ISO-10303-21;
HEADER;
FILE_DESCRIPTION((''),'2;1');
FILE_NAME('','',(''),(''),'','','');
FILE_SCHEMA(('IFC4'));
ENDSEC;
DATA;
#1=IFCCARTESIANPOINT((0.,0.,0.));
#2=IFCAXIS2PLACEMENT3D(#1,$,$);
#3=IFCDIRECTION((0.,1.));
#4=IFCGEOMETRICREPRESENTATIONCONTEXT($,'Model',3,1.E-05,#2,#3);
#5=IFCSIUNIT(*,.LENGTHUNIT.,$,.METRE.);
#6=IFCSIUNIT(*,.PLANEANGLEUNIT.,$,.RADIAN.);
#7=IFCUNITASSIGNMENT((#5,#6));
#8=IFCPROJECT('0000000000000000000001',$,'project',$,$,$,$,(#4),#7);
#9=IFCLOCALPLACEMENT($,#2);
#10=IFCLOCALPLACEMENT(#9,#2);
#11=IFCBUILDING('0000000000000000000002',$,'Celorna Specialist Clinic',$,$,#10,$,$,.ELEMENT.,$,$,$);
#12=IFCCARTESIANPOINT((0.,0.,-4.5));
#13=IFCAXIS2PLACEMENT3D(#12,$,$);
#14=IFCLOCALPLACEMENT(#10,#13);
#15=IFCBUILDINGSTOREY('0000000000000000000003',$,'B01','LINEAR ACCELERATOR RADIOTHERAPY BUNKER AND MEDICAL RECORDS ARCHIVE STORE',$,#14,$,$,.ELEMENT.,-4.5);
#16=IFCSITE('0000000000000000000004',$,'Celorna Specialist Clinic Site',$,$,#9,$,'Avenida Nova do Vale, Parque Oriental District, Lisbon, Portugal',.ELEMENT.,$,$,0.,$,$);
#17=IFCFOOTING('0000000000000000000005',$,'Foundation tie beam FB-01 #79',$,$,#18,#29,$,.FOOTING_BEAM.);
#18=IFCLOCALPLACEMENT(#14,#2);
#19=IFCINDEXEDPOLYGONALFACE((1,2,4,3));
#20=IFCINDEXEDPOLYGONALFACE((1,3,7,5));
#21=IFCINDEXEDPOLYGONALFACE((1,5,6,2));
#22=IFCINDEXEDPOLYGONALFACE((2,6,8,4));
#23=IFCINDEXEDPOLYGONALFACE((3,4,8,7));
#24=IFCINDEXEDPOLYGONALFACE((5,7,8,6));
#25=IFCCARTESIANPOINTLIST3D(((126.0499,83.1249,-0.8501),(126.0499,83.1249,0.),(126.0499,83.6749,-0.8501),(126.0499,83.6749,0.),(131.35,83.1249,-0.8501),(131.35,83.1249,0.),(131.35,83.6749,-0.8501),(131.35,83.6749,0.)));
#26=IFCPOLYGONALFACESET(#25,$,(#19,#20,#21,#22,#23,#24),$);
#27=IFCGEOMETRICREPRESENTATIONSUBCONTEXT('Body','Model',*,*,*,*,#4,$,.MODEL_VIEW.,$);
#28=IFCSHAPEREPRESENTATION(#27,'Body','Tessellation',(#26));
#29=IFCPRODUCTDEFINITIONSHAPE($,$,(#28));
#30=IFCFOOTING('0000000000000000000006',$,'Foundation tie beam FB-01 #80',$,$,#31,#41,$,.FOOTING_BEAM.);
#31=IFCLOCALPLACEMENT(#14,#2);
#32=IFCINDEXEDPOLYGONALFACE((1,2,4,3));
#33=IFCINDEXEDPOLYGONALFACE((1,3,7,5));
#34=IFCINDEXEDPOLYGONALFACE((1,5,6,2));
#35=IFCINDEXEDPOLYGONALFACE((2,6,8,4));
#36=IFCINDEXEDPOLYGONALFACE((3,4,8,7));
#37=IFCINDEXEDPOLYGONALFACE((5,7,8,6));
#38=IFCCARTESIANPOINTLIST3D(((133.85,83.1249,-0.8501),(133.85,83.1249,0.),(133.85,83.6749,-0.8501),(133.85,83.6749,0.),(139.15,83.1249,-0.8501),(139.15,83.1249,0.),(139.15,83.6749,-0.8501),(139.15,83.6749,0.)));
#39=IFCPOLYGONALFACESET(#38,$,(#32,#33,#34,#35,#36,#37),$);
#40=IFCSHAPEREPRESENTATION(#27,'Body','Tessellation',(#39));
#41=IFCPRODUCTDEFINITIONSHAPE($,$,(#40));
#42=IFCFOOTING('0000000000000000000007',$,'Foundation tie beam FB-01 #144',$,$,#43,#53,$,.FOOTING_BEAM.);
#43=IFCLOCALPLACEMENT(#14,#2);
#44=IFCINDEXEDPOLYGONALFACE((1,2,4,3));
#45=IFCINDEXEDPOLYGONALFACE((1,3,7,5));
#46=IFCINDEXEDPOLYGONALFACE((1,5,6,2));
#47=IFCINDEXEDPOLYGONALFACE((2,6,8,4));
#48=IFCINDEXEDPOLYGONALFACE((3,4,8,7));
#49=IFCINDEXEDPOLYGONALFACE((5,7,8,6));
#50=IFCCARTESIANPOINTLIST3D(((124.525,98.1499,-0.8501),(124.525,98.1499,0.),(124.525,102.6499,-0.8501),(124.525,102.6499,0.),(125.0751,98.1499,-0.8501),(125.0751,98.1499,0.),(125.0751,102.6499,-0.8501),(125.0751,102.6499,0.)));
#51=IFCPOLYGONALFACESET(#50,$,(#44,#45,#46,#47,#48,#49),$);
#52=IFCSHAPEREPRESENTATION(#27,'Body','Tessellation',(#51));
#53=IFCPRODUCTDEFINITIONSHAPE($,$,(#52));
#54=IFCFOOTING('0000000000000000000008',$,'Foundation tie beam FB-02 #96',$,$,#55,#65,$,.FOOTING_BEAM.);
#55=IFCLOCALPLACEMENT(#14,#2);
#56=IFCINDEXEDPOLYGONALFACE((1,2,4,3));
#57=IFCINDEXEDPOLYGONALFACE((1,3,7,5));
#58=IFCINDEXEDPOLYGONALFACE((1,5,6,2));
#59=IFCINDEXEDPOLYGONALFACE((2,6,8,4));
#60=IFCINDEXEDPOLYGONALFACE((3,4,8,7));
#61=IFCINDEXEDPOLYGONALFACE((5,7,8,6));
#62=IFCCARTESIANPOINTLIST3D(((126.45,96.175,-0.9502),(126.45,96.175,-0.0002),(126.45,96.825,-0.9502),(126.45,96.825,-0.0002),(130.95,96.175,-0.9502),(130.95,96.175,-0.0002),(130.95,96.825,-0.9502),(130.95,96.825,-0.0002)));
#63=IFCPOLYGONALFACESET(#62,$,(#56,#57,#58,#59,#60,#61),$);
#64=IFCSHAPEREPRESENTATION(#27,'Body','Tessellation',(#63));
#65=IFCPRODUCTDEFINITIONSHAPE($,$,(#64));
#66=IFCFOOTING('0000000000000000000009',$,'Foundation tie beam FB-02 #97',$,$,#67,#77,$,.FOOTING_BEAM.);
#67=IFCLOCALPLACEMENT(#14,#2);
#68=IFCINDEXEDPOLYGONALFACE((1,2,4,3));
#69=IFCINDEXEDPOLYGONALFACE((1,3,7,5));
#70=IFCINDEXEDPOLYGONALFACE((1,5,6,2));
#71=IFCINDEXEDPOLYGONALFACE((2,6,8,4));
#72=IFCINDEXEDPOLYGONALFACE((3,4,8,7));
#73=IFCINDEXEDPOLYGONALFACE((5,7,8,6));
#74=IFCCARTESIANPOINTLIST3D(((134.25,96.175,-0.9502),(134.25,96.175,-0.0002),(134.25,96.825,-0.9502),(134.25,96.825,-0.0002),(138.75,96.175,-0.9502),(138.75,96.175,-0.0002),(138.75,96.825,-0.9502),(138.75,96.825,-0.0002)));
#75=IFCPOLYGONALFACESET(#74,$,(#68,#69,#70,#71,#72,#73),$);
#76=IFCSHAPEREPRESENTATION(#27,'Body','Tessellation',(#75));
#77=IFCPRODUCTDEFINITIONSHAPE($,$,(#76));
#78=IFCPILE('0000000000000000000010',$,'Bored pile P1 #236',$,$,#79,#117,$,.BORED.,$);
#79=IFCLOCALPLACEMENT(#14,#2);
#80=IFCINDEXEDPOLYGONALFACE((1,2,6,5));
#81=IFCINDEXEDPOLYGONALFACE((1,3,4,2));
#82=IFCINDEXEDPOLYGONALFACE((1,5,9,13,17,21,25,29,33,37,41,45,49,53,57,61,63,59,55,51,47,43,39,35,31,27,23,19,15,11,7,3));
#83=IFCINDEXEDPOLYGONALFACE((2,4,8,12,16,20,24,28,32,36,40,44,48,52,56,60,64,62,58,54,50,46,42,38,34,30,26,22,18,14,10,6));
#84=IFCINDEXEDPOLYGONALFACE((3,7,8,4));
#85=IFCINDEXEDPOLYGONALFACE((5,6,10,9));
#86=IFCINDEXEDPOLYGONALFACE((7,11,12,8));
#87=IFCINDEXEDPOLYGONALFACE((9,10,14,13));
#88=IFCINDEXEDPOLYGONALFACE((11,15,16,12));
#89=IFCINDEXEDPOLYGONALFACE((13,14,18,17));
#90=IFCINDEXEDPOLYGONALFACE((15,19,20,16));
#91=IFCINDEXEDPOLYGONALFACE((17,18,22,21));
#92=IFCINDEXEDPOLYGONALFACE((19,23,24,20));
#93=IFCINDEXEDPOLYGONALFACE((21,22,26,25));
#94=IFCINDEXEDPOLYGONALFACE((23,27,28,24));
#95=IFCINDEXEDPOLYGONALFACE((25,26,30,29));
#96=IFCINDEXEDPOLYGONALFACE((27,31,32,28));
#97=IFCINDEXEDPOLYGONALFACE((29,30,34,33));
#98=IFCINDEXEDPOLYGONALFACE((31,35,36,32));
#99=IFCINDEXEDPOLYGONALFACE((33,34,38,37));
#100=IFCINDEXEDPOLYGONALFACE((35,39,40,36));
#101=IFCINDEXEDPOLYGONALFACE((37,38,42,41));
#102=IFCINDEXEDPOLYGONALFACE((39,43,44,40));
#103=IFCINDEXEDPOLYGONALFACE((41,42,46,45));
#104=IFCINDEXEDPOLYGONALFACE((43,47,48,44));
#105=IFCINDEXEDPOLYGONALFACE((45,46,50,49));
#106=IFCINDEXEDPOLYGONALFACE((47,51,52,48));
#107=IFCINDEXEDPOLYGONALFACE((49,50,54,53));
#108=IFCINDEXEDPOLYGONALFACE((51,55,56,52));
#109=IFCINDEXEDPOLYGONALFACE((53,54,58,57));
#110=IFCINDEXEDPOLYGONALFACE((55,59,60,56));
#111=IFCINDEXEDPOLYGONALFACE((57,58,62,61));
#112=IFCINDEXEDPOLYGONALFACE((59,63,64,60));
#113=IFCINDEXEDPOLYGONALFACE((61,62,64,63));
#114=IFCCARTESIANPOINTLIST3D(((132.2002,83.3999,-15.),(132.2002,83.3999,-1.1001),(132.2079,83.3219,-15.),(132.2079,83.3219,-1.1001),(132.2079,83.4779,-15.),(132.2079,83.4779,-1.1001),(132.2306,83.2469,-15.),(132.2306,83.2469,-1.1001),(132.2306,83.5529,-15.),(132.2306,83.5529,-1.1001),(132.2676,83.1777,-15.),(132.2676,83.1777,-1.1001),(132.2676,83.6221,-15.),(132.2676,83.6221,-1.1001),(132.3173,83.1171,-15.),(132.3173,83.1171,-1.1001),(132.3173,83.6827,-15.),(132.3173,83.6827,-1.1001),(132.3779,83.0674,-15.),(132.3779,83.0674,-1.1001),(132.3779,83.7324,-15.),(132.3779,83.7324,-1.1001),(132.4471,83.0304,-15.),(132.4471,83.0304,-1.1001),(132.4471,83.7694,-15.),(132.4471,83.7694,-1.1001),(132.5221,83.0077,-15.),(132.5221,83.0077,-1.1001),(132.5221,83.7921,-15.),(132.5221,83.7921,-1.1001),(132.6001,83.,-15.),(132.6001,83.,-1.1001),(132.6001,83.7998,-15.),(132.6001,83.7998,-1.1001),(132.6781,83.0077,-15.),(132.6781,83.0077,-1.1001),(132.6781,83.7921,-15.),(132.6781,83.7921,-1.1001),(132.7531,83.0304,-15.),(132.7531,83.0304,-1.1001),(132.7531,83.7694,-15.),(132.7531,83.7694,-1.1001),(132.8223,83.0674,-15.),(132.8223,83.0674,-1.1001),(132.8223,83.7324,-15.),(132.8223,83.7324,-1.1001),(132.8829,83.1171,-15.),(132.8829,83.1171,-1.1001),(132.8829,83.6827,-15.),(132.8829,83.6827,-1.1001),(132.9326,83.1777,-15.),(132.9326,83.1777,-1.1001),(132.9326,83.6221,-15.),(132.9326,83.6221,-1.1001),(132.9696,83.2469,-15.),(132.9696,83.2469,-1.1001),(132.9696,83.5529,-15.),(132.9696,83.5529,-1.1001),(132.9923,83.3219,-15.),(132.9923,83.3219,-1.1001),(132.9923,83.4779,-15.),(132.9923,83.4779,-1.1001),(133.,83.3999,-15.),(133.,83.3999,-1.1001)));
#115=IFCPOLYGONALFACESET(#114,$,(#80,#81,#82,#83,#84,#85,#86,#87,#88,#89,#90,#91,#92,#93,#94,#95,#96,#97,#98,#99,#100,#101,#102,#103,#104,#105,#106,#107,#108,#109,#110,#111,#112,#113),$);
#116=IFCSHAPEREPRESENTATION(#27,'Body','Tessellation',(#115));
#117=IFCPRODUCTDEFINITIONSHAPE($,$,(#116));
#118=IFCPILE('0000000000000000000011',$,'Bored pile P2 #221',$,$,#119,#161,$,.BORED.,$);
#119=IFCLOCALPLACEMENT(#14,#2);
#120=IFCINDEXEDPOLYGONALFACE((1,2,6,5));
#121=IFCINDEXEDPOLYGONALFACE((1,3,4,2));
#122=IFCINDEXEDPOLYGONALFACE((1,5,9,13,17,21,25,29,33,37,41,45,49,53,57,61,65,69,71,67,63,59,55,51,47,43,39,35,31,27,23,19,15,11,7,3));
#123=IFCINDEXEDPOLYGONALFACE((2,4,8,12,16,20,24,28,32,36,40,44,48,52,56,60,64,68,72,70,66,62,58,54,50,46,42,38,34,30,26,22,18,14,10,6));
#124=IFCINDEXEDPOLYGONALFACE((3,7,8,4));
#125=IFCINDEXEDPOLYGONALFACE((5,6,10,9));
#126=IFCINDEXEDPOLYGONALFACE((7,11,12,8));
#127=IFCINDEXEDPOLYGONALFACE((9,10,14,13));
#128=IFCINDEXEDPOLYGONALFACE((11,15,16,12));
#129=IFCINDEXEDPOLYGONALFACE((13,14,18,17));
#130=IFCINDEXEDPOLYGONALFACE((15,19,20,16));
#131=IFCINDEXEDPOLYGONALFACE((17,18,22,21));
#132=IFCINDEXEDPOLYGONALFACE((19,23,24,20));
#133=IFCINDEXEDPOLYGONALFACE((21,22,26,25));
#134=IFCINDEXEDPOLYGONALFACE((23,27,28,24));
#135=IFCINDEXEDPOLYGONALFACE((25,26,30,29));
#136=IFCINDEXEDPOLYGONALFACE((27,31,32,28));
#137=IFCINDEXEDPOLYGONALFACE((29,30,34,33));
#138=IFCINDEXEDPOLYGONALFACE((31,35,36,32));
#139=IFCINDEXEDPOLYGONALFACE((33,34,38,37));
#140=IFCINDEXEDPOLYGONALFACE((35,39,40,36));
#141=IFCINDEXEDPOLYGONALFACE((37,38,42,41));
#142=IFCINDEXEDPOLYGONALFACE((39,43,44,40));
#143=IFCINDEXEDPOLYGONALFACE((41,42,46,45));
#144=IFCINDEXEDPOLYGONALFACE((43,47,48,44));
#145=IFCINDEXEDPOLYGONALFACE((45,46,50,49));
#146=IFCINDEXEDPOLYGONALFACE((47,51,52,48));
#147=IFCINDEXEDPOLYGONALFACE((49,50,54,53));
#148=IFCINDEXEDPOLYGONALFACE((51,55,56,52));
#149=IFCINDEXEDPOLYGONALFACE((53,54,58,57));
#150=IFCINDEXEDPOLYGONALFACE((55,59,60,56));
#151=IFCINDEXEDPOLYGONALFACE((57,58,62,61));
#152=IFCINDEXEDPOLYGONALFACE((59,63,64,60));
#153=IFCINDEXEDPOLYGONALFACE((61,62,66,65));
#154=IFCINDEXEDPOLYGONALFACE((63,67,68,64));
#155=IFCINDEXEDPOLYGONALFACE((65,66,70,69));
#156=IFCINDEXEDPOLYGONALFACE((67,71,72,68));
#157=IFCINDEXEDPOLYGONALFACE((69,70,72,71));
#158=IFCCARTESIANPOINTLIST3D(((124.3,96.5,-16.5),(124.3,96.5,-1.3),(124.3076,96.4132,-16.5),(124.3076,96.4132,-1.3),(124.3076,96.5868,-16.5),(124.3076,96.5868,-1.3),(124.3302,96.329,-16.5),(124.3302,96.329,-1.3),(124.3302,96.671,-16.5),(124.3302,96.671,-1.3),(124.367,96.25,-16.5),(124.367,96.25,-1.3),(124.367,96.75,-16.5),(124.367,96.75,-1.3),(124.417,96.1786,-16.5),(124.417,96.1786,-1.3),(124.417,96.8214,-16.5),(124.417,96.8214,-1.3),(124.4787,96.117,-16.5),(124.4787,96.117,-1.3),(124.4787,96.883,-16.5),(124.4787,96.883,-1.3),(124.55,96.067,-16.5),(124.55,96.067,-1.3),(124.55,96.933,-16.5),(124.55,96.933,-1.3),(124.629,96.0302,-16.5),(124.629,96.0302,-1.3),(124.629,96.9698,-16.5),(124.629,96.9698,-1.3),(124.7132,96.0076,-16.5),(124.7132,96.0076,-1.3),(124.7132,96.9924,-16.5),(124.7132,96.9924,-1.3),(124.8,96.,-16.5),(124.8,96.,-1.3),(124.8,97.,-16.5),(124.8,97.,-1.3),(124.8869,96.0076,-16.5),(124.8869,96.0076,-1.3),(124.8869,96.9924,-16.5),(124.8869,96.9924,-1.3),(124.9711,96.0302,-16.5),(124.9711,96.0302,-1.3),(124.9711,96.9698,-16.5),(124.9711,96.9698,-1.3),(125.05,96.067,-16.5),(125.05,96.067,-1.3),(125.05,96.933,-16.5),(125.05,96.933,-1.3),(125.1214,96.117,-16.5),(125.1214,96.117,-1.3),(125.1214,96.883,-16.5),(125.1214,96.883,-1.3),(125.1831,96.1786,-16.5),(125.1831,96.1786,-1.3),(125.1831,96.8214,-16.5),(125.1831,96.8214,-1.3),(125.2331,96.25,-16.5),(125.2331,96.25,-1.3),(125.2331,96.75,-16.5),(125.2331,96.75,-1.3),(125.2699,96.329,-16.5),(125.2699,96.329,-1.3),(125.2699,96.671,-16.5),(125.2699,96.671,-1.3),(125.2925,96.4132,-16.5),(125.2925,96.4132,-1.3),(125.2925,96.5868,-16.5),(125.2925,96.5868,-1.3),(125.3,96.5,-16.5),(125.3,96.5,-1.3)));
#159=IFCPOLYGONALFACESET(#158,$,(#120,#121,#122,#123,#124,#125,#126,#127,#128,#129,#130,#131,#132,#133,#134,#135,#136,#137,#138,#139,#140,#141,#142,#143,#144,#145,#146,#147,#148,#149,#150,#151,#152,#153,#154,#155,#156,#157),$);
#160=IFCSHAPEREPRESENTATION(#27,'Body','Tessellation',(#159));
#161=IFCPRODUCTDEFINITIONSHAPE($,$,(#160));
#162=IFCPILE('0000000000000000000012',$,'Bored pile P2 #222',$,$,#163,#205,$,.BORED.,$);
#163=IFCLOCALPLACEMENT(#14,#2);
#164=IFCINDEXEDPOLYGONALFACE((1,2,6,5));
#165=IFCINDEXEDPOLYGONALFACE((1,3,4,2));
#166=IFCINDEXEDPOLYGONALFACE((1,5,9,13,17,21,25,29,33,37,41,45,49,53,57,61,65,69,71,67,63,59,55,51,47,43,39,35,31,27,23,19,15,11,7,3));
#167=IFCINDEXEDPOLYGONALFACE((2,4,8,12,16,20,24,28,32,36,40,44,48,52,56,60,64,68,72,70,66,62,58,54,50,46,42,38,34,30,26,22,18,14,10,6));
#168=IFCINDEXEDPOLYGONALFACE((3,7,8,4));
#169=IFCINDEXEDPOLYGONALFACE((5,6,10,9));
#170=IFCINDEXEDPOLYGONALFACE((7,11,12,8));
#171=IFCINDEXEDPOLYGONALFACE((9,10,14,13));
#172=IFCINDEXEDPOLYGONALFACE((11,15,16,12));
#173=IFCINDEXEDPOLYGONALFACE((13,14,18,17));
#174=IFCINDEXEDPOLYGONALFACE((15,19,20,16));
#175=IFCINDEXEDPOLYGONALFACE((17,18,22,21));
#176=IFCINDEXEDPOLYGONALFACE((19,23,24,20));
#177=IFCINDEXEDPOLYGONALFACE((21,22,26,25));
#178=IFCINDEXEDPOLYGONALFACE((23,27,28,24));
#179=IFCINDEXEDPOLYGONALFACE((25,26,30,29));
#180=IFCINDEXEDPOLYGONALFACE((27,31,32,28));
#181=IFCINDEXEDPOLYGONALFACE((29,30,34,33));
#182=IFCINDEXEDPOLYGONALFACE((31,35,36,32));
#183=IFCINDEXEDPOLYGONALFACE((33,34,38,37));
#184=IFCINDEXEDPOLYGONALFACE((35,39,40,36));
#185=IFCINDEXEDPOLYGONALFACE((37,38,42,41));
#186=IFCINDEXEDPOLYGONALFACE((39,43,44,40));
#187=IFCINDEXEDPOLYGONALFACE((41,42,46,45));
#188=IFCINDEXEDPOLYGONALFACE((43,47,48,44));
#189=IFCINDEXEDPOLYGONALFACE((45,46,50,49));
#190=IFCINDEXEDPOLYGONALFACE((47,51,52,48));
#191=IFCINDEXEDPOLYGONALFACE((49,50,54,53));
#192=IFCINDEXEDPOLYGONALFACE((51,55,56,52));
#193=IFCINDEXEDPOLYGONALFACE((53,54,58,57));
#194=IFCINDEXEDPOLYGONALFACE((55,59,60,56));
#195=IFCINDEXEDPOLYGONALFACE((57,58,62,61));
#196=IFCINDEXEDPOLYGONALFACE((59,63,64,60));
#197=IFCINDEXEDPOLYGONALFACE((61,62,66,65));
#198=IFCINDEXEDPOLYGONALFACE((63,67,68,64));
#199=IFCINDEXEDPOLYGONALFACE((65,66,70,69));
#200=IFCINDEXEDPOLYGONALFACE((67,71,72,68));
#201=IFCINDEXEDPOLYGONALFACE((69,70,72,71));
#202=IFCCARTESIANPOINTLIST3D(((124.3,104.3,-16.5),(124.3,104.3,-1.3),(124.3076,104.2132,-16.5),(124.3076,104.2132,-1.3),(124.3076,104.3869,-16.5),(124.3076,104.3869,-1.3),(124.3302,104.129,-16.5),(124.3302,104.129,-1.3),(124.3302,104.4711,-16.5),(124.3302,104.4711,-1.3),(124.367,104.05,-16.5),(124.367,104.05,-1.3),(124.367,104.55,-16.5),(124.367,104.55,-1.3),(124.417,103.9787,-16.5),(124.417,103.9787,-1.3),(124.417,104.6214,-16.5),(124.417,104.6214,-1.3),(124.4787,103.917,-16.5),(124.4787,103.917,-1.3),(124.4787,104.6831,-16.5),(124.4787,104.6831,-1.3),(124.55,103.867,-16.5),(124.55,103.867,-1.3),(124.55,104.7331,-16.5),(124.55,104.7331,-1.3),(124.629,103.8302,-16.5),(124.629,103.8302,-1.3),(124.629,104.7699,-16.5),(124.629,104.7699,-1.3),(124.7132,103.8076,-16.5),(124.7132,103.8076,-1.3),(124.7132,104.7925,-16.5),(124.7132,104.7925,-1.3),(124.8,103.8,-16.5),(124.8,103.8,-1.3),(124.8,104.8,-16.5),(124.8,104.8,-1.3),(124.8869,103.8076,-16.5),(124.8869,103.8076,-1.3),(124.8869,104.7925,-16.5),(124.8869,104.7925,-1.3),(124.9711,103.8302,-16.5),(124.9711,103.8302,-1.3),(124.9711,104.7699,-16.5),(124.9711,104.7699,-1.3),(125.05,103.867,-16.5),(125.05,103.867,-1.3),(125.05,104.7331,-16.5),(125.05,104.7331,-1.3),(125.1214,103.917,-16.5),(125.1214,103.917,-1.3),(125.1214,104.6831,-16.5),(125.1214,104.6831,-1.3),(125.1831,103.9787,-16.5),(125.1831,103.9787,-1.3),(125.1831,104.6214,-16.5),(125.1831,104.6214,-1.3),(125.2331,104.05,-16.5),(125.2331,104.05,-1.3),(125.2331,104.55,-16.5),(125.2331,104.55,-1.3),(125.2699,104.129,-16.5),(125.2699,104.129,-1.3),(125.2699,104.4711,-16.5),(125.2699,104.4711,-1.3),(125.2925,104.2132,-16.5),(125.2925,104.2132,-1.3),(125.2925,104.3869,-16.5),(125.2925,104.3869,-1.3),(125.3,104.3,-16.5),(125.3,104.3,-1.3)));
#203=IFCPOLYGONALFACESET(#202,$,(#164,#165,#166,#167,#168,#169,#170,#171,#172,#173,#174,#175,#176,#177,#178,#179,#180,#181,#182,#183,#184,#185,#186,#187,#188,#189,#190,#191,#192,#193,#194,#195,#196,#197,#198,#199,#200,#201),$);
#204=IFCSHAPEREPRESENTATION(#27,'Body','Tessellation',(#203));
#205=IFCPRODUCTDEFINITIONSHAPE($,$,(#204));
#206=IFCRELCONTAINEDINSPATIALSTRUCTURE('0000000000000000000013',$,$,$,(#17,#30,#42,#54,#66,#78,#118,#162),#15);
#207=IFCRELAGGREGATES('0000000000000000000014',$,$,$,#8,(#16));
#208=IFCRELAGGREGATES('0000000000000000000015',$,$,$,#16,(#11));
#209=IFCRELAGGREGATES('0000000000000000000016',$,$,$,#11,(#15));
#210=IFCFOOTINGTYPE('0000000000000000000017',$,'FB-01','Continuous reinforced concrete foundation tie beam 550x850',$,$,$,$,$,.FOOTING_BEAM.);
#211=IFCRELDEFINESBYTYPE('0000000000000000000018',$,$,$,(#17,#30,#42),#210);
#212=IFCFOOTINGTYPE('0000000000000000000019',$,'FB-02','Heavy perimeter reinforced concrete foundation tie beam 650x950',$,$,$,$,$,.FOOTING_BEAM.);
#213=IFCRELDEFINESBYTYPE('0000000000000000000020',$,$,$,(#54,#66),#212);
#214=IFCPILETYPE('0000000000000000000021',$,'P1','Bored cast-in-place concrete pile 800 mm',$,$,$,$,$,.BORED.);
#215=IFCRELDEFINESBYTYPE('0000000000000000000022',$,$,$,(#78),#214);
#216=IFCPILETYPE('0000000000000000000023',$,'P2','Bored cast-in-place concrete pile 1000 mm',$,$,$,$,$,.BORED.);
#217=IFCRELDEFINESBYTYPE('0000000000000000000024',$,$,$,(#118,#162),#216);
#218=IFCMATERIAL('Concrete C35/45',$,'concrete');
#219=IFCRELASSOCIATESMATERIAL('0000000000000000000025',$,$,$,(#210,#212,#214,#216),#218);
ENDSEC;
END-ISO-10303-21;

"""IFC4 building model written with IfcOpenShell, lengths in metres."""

from ifc_helpers import new_model, si_unit, direction, frame, origin, origin_2d, place, context, subcontext, project, spatial, rectangle, circle, extrude, material, material_profile, profile_set, type_object, element, save


model = new_model("IFC4")

# Units and contexts
model_context = context("Model", 3, precision=1e-05, world=origin(), true_north=direction((0.0, 1.0)))
body_context = subcontext(model_context, "Body", "Model", "MODEL_VIEW")
ifc_project = project(units=[si_unit("LENGTHUNIT", "METRE"), si_unit("PLANEANGLEUNIT", "RADIAN")], contexts=[model_context])

# Site, building, storey
site_placement = place(None, origin())
site = spatial("IfcSite", under=ifc_project, at=site_placement, Name="Celorna Specialist Clinic Site", LongName="Avenida Nova do Vale, Parque Oriental District, Lisbon, Portugal", CompositionType="ELEMENT", RefElevation=0.0)
building_placement = place(site_placement, origin())
building = spatial("IfcBuilding", under=site, at=building_placement, Name="Celorna Specialist Clinic", CompositionType="ELEMENT")
storey_placement = place(building_placement, frame((0.0, 0.0, -4.5)))
storey = spatial("IfcBuildingStorey", under=building, at=storey_placement, Name="B01", Description="LINEAR ACCELERATOR RADIOTHERAPY BUNKER AND MEDICAL RECORDS ARCHIVE STORE", CompositionType="ELEMENT", Elevation=-4.5)

# Footings
ifc_material_1 = material(Name="Concrete C35/45", Category="concrete")
footing_type_1 = type_object("IfcFootingType", Name="FB-01", Description="Continuous reinforced concrete foundation tie beam 550x850", PredefinedType="FOOTING_BEAM", material=ifc_material_1)
for number, where, z_axis, x_axis, name in (
    (1, (128.7, 83.3999, -0.8501), (0.0, 0.0, 1.0), (1.0, 0.0, 0.0), "Foundation tie beam FB-01 #79"),
    (2, (136.5, 83.3999, -0.8501), (0.0, 0.0, 1.0), (1.0, 0.0, 0.0), "Foundation tie beam FB-01 #80"),
):
    element("IfcFooting", number, at=place(storey_placement, frame(where, z_axis=z_axis, x_axis=x_axis)), inside=storey, type_object=footing_type_1, Name=name, PredefinedType="FOOTING_BEAM", context=body_context, shape_type="SweptSolid", body=[
        extrude(rectangle(XDim=5.3, YDim=0.55, at=origin_2d()), origin(), (0.0, 0.0, 1.0), 0.8501),
    ])
footing_1_placement = place(storey_placement, frame((124.8, 100.3999, -0.8501), z_axis=(0.0, 0.0, 1.0), x_axis=(0.0, 1.0, 0.0)))
element("IfcFooting", 3, at=footing_1_placement, inside=storey, type_object=footing_type_1, Name="Foundation tie beam FB-01 #144", PredefinedType="FOOTING_BEAM", context=body_context, shape_type="SweptSolid", body=[
    extrude(rectangle(XDim=4.5, YDim=0.55, at=origin_2d()), origin(), (0.0, 0.0, 1.0), 0.8501),
])
footing_type_2 = type_object("IfcFootingType", Name="FB-02", Description="Heavy perimeter reinforced concrete foundation tie beam 650x950", PredefinedType="FOOTING_BEAM", material=ifc_material_1)
for number, where, z_axis, x_axis, name in (
    (4, (128.7, 96.5, -0.9502), (0.0, 0.0, 1.0), (1.0, 0.0, 0.0), "Foundation tie beam FB-02 #96"),
    (5, (136.5, 96.5, -0.9502), (0.0, 0.0, 1.0), (1.0, 0.0, 0.0), "Foundation tie beam FB-02 #97"),
):
    element("IfcFooting", number, at=place(storey_placement, frame(where, z_axis=z_axis, x_axis=x_axis)), inside=storey, type_object=footing_type_2, Name=name, PredefinedType="FOOTING_BEAM", context=body_context, shape_type="SweptSolid", body=[
        extrude(rectangle(XDim=4.5, YDim=0.6499, at=origin_2d()), origin(), (0.0, 0.0, 1.0), 0.95),
    ])

# Piles
ifc_material_profile_1 = material_profile(ifc_material_1, circle(Radius=0.3999, at=origin_2d()), Name="BORED PILE 800")
ifc_profile_set_1 = profile_set([ifc_material_profile_1], Name="Concrete C35/45")
pile_type_1 = type_object("IfcPileType", Name="P1", Description="Bored cast-in-place concrete pile 800 mm", PredefinedType="BORED", material=ifc_profile_set_1)
pile_1_placement = place(storey_placement, frame((132.6001, 83.3999, -1.1001), z_axis=(0.0, 0.0, -1.0), x_axis=(1.0, 0.0, 0.0)))
element("IfcPile", 6, at=pile_1_placement, inside=storey, type_object=pile_type_1, Name="Bored pile P1 #236", PredefinedType="BORED", context=body_context, shape_type="SweptSolid", body=[
    extrude(circle(Radius=0.3999, at=origin_2d()), origin(), (0.0, 0.0, 1.0), 13.8999),
])
ifc_material_profile_2 = material_profile(ifc_material_1, circle(Radius=0.5, at=origin_2d()), Name="BORED PILE 1000")
ifc_profile_set_2 = profile_set([ifc_material_profile_2], Name="Concrete C35/45")
pile_type_2 = type_object("IfcPileType", Name="P2", Description="Bored cast-in-place concrete pile 1000 mm", PredefinedType="BORED", material=ifc_profile_set_2)
for number, where, z_axis, x_axis, name in (
    (7, (124.8, 96.5, -1.3), (0.0, 0.0, -1.0), (1.0, 0.0, 0.0), "Bored pile P2 #221"),
    (8, (124.8, 104.3, -1.3), (0.0, 0.0, -1.0), (1.0, 0.0, 0.0), "Bored pile P2 #222"),
):
    element("IfcPile", number, at=place(storey_placement, frame(where, z_axis=z_axis, x_axis=x_axis)), inside=storey, type_object=pile_type_2, Name=name, PredefinedType="BORED", context=body_context, shape_type="SweptSolid", body=[
        extrude(circle(Radius=0.5, at=origin_2d()), origin(), (0.0, 0.0, 1.0), 15.2),
    ])

save(model, "model.ifc")
